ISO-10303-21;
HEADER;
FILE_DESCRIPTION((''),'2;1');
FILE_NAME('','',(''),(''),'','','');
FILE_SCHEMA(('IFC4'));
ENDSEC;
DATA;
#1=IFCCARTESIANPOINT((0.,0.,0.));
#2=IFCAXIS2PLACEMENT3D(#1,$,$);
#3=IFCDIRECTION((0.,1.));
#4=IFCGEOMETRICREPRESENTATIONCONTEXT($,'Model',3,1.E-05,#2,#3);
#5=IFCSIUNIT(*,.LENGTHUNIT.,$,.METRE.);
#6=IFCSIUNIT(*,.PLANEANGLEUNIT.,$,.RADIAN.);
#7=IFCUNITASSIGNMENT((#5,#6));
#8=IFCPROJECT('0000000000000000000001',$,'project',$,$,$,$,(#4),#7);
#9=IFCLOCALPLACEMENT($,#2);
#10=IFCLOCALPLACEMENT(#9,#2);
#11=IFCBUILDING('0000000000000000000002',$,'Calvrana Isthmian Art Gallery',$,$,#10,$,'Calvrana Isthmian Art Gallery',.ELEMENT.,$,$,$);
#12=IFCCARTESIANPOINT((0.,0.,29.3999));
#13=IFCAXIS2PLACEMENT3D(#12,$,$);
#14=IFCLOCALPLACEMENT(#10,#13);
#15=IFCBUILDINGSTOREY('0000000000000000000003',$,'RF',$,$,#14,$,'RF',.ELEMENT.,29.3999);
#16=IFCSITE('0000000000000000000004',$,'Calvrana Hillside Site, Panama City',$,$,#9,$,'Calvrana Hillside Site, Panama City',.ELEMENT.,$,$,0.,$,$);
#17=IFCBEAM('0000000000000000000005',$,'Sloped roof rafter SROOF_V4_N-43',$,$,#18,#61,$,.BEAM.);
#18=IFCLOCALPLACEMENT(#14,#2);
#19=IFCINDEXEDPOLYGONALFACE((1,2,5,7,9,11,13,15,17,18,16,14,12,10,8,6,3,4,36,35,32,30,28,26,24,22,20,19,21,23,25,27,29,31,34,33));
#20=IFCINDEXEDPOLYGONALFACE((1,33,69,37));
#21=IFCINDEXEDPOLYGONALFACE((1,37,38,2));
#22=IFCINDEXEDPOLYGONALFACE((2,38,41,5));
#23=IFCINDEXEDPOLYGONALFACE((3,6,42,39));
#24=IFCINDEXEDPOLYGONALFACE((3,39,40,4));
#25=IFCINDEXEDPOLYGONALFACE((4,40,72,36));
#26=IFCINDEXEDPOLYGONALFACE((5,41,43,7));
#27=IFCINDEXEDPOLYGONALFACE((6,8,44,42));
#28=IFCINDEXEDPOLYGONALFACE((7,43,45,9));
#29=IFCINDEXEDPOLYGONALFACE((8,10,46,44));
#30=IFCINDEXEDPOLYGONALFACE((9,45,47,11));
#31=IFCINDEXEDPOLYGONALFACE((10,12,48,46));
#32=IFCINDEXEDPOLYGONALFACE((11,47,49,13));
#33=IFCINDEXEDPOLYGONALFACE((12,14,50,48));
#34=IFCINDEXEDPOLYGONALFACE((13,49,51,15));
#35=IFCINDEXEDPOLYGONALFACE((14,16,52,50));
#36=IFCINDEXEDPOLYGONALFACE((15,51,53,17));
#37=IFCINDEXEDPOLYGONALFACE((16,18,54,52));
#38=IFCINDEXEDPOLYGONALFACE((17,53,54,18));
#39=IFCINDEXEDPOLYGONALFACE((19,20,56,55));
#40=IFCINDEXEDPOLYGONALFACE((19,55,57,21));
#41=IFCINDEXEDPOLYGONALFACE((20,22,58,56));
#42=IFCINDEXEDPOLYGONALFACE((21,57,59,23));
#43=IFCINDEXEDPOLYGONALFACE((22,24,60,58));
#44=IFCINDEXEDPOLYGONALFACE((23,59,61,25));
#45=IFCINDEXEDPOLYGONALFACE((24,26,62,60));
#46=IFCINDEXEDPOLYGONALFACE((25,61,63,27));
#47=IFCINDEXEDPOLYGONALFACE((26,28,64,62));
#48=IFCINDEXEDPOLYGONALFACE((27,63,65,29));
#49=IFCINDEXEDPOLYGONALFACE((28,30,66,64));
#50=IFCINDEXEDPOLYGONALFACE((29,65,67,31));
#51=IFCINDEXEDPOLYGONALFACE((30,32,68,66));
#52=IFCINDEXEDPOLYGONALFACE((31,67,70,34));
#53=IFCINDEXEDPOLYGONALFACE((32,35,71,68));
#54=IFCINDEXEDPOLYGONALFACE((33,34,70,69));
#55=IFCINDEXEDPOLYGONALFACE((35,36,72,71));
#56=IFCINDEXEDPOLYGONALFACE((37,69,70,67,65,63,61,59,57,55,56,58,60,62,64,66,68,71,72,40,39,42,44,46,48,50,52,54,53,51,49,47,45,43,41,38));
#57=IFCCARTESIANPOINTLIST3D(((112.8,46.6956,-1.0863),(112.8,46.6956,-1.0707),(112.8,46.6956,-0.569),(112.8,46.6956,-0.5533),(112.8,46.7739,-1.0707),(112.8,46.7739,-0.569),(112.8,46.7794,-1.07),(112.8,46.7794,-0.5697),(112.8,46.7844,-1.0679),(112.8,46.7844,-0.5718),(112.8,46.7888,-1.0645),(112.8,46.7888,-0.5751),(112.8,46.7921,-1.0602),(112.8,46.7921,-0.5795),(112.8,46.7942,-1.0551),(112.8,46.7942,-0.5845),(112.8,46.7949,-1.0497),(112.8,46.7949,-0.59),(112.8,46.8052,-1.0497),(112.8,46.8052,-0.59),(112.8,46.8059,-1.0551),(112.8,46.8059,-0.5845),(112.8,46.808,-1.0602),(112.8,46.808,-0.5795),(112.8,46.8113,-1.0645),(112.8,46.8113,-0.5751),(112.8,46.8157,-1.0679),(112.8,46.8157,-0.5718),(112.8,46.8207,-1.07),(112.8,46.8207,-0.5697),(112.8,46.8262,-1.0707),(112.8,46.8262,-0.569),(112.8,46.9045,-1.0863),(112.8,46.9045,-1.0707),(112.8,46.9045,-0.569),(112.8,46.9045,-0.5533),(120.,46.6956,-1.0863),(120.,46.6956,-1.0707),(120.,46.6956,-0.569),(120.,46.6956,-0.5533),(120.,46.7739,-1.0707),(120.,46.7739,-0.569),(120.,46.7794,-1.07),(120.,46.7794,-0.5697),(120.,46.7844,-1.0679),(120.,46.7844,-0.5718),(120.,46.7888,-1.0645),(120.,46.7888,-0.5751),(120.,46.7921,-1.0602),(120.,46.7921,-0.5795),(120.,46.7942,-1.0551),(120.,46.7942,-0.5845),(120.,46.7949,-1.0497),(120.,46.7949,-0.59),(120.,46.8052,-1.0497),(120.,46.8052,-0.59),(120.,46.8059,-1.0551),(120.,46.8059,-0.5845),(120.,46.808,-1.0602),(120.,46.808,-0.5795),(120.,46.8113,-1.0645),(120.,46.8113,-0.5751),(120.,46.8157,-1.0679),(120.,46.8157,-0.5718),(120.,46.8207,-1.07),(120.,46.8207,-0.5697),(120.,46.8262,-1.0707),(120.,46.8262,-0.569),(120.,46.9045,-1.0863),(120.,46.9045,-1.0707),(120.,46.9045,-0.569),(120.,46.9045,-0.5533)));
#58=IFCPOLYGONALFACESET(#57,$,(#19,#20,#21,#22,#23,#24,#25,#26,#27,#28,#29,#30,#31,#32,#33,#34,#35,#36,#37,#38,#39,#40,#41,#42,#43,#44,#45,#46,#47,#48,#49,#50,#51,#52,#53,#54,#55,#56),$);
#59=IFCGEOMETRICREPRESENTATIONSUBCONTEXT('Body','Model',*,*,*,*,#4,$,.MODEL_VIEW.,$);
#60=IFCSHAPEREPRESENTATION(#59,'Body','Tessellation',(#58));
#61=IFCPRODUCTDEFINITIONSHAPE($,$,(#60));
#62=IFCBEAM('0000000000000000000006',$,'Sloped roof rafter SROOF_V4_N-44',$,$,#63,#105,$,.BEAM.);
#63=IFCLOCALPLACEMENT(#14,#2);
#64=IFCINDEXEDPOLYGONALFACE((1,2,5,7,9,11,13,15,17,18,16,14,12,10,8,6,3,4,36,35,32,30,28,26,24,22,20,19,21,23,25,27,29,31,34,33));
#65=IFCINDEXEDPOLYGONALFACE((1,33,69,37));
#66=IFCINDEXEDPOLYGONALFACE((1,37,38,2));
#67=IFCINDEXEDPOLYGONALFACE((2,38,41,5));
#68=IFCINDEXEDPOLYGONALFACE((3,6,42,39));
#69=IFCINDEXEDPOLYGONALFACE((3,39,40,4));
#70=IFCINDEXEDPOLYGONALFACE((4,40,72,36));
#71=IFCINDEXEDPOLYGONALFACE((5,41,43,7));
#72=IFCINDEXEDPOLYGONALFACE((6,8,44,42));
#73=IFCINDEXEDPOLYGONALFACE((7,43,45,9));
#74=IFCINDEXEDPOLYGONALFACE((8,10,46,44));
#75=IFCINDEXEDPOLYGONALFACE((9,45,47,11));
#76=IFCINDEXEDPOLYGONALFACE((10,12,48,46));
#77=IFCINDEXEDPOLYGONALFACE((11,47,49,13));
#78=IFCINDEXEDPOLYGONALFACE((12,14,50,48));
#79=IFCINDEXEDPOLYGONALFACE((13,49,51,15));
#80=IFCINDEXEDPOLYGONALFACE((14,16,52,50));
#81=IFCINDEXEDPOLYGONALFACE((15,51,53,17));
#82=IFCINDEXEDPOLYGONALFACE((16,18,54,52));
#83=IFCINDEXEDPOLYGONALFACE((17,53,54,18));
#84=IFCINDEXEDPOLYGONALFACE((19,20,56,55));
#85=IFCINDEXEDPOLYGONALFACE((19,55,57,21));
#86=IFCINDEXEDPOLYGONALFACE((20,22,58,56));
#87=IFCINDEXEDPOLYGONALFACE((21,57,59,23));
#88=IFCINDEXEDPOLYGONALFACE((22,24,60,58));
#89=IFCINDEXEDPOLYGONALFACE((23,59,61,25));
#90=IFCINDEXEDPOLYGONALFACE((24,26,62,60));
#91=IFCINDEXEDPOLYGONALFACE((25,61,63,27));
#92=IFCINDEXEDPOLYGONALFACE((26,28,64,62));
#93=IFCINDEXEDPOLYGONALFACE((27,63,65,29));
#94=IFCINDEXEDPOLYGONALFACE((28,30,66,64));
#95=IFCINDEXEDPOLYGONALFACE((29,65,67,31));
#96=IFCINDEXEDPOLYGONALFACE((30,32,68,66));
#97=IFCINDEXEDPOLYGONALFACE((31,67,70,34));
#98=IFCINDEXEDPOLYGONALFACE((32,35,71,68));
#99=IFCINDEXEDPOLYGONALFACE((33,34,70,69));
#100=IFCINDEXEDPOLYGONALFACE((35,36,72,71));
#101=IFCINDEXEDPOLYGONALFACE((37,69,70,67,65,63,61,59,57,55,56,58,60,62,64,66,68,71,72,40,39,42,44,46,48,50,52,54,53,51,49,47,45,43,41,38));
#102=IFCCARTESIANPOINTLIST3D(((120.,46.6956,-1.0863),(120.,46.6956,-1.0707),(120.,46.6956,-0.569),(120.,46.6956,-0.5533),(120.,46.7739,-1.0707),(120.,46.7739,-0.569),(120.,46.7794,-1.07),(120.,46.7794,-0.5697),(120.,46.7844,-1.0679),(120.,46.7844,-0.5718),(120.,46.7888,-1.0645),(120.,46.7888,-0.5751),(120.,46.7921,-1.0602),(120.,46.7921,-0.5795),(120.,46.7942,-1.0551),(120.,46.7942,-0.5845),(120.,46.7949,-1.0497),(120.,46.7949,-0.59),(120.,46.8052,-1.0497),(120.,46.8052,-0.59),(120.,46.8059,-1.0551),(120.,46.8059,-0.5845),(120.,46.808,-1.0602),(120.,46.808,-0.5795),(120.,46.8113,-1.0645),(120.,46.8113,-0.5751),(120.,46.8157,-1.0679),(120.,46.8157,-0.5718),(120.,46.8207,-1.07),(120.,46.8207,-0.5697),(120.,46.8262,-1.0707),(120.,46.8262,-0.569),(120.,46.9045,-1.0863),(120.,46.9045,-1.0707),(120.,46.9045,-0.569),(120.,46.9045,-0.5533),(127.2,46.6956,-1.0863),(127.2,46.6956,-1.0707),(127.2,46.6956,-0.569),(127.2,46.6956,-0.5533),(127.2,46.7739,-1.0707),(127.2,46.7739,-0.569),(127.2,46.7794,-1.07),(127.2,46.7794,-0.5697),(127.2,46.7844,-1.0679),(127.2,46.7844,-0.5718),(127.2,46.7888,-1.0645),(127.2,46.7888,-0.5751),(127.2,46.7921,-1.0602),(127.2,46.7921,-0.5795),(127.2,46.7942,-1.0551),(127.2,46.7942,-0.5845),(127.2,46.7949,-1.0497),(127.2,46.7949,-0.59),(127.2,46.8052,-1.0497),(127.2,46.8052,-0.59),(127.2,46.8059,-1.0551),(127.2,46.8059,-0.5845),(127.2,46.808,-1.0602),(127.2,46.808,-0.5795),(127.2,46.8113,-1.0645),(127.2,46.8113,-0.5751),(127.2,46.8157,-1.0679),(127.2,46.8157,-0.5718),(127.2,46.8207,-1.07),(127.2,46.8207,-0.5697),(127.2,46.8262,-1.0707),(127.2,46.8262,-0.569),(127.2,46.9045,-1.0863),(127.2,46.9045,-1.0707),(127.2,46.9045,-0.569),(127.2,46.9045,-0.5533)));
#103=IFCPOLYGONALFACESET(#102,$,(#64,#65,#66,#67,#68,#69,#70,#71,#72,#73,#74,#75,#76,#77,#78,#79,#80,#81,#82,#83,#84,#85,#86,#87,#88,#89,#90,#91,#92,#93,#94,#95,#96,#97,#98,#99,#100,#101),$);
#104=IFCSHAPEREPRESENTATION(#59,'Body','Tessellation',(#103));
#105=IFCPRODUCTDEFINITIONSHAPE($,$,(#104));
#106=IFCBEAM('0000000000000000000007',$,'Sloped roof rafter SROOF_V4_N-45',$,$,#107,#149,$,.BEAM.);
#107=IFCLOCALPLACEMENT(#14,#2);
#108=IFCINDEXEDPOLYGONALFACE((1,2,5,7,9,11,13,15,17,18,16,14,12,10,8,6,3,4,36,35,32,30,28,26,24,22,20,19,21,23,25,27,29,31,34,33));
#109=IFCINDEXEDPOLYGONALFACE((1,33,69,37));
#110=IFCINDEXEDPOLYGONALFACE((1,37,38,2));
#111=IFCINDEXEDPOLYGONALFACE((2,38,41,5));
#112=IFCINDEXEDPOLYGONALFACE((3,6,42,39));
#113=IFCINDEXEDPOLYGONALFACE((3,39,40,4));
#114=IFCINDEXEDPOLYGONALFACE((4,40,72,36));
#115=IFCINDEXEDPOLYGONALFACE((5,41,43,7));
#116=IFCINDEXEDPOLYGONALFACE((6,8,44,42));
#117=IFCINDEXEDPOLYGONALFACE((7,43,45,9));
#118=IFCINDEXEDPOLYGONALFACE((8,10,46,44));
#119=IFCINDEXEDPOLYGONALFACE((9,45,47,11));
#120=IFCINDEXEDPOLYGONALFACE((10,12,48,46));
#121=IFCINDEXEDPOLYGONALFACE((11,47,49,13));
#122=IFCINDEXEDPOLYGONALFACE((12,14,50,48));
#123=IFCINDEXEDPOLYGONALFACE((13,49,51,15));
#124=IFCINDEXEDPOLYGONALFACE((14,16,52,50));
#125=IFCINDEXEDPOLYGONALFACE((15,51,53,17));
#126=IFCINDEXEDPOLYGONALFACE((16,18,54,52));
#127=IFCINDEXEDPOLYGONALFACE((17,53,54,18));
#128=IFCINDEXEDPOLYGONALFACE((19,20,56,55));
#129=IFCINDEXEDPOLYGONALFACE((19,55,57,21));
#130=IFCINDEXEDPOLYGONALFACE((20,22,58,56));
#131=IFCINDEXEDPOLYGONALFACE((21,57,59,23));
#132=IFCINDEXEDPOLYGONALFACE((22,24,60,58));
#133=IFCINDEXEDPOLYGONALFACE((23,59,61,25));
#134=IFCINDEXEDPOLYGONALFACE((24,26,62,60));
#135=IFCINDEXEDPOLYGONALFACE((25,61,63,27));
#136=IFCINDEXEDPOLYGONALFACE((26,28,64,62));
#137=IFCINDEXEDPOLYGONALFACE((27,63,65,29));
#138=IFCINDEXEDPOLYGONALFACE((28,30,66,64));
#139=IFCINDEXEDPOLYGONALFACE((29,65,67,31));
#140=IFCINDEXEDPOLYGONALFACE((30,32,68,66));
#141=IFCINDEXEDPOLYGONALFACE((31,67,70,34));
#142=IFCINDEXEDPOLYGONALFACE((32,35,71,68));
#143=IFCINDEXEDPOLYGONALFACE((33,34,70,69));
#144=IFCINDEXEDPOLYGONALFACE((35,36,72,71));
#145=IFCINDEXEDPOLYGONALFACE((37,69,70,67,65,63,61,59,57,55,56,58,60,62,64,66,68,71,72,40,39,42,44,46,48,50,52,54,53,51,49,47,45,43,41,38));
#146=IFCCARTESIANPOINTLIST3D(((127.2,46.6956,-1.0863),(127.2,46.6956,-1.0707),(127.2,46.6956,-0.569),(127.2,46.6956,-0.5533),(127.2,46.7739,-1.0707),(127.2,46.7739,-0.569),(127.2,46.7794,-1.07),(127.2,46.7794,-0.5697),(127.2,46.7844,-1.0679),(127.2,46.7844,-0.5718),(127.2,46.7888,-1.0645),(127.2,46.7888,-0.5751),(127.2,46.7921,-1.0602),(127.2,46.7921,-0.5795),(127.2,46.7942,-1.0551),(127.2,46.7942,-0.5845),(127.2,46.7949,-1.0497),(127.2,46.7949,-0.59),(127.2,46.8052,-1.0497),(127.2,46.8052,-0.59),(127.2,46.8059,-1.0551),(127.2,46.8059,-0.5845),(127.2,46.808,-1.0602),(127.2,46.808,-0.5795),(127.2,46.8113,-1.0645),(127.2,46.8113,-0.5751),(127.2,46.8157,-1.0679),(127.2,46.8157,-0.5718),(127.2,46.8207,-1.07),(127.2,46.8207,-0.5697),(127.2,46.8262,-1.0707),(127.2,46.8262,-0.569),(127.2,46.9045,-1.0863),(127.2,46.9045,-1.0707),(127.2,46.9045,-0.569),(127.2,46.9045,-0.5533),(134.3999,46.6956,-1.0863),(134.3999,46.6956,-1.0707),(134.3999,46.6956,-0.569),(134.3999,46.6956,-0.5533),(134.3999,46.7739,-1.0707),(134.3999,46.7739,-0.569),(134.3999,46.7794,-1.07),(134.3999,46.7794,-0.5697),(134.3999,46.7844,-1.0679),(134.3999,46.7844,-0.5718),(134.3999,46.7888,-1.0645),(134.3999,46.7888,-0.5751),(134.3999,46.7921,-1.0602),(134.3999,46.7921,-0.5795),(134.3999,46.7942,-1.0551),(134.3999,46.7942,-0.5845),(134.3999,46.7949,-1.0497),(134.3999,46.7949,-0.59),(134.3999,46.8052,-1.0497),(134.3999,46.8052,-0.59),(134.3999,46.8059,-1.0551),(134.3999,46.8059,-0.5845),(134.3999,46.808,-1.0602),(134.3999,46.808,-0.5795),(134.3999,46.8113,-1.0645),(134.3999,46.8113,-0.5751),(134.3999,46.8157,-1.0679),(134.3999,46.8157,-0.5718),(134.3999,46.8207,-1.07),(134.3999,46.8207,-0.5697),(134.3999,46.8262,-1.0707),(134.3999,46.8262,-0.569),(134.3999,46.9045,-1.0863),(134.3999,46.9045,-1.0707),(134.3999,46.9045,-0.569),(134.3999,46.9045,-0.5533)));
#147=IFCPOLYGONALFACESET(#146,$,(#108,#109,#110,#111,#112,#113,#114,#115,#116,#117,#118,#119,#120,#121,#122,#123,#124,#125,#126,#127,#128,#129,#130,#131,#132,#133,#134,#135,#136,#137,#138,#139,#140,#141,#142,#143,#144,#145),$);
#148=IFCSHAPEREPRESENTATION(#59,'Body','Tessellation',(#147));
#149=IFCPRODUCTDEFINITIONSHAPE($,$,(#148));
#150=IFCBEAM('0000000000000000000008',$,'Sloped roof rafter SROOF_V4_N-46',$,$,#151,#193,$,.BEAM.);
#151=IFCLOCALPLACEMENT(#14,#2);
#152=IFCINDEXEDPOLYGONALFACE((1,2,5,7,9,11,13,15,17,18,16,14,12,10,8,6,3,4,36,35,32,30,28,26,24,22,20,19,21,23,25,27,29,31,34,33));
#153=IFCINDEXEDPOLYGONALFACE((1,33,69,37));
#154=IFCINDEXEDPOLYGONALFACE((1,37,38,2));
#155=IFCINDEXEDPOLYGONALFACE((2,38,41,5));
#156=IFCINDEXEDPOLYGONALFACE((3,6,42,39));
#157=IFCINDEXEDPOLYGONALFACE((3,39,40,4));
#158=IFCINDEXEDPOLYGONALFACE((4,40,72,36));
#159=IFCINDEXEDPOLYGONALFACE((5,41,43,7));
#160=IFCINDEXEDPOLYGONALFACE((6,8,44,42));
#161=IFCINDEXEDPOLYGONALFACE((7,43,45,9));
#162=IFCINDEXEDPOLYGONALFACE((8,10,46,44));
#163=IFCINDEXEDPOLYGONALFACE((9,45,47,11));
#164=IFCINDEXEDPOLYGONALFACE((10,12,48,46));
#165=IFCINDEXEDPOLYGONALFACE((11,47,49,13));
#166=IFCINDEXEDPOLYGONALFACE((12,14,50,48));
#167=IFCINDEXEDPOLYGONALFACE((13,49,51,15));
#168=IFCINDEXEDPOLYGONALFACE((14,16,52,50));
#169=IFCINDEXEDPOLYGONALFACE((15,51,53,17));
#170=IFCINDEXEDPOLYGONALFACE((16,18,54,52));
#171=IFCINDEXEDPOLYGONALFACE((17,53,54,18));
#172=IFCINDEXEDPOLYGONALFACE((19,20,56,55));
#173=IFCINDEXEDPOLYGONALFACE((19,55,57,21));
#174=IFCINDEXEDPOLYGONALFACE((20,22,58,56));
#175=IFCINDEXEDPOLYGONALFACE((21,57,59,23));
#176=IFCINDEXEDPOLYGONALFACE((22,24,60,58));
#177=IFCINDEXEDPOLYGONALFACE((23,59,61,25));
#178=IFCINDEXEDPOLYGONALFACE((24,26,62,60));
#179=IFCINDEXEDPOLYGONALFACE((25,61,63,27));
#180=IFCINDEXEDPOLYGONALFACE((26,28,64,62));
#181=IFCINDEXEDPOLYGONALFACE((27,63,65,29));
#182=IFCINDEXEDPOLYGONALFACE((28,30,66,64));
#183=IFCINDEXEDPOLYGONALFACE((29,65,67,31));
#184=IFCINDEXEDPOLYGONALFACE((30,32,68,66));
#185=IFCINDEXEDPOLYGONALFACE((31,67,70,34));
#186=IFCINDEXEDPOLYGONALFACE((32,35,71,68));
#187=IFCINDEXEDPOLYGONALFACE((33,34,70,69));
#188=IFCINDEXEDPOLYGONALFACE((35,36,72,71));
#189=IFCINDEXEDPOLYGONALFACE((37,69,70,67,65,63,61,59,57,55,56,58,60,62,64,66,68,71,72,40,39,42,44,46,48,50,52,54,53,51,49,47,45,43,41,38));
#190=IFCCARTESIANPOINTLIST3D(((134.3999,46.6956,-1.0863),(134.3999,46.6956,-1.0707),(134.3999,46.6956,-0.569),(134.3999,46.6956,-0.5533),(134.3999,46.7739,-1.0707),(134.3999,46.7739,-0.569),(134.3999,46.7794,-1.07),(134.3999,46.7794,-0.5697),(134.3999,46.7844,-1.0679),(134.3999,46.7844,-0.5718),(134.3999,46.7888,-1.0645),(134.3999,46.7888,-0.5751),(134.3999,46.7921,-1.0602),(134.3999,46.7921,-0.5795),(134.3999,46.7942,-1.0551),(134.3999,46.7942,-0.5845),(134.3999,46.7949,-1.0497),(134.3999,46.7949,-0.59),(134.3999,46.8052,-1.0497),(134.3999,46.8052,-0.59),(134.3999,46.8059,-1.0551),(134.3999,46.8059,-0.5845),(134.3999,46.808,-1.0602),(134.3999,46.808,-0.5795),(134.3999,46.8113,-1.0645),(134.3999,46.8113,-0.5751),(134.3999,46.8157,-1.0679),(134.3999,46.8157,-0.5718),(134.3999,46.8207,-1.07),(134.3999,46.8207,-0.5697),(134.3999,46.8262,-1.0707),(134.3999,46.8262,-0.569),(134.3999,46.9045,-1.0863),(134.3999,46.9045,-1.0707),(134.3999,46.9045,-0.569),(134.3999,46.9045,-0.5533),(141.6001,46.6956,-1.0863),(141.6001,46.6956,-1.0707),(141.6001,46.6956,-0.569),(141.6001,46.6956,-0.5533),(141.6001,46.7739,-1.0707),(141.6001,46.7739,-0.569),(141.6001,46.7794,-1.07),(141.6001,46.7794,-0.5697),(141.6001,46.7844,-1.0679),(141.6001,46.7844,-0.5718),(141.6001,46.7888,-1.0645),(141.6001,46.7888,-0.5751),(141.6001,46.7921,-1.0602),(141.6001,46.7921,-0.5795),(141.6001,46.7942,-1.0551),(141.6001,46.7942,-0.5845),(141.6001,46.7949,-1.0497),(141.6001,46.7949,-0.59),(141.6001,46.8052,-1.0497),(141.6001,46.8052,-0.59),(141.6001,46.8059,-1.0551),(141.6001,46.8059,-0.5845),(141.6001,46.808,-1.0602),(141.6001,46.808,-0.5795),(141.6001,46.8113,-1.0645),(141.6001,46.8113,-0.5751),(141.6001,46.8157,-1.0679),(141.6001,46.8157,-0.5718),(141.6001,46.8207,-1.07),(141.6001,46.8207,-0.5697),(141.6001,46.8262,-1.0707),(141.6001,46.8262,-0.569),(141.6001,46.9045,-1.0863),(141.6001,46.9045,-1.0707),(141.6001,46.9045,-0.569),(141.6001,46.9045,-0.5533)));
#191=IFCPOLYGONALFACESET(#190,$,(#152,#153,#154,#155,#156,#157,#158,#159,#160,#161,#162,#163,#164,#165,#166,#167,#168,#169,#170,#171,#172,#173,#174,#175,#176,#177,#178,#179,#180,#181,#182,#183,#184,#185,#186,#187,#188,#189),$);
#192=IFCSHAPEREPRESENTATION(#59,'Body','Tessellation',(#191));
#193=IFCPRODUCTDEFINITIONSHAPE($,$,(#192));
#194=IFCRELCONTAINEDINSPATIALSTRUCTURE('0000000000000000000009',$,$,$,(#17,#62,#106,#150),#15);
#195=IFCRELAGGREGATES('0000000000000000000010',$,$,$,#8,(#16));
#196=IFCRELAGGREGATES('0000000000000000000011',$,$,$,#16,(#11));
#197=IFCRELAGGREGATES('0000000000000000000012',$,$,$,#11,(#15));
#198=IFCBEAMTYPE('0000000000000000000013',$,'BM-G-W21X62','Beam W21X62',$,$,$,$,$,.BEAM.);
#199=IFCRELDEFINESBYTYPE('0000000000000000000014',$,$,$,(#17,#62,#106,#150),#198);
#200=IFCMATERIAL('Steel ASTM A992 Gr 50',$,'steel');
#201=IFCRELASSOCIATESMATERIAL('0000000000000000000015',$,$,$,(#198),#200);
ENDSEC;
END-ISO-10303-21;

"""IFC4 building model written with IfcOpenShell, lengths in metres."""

from ifc_helpers import new_model, si_unit, direction, frame, origin, origin_2d, place, context, subcontext, project, spatial, i_section, extrude, material, material_profile, profile_set, type_object, element, save


model = new_model("IFC4")

# Units and contexts
model_context = context("Model", 3, precision=1e-05, world=origin(), true_north=direction((0.0, 1.0)))
body_context = subcontext(model_context, "Body", "Model", "MODEL_VIEW")
ifc_project = project(units=[si_unit("LENGTHUNIT", "METRE"), si_unit("PLANEANGLEUNIT", "RADIAN")], contexts=[model_context])

# Site, building, storey
site_placement = place(None, origin())
site = spatial("IfcSite", under=ifc_project, at=site_placement, Name="Calvrana Hillside Site, Panama City", LongName="Calvrana Hillside Site, Panama City", CompositionType="ELEMENT", RefElevation=0.0)
building_placement = place(site_placement, origin())
building = spatial("IfcBuilding", under=site, at=building_placement, Name="Calvrana Isthmian Art Gallery", LongName="Calvrana Isthmian Art Gallery", CompositionType="ELEMENT")
storey_placement = place(building_placement, frame((0.0, 0.0, 29.3999)))
storey = spatial("IfcBuildingStorey", under=building, at=storey_placement, Name="RF", LongName="RF", CompositionType="ELEMENT", Elevation=29.3999)

# Beams
ifc_material_1 = material(Name="Steel ASTM A992 Gr 50", Category="steel")
ifc_material_profile_1 = material_profile(ifc_material_1, i_section(OverallWidth=0.209, OverallDepth=0.533, WebThickness=0.0103, FlangeThickness=0.0156, FilletRadius=0.021, at=origin_2d()), Name="W21X62")
ifc_profile_set_1 = profile_set([ifc_material_profile_1], Name="Steel ASTM A992 Gr 50")
beam_type_1 = type_object("IfcBeamType", Name="BM-G-W21X62", Description="Beam W21X62", PredefinedType="BEAM", material=ifc_profile_set_1)
for number, where, z_axis, x_axis, name in (
    (1, (112.8, 46.8, -0.8198), (1.0, 0.0, 0.0), (0.0, 1.0, 0.0), "Sloped roof rafter SROOF_V4_N-43"),
    (2, (120.0, 46.8, -0.8198), (1.0, 0.0, 0.0), (0.0, 1.0, 0.0), "Sloped roof rafter SROOF_V4_N-44"),
    (3, (127.2, 46.8, -0.8198), (1.0, 0.0, 0.0), (0.0, 1.0, 0.0), "Sloped roof rafter SROOF_V4_N-45"),
):
    element("IfcBeam", number, at=place(storey_placement, frame(where, z_axis=z_axis, x_axis=x_axis)), inside=storey, type_object=beam_type_1, Name=name, PredefinedType="BEAM", context=body_context, shape_type="SweptSolid", body=[
        extrude(i_section(OverallWidth=0.209, OverallDepth=0.533, WebThickness=0.0103, FlangeThickness=0.0156, FilletRadius=0.021, at=origin_2d()), origin(), (0.0, 0.0, 1.0), 7.2),
    ])
beam_1_placement = place(storey_placement, frame((134.3999, 46.8, -0.8198), z_axis=(1.0, 0.0, 0.0), x_axis=(0.0, 1.0, 0.0)))
element("IfcBeam", 4, at=beam_1_placement, inside=storey, type_object=beam_type_1, Name="Sloped roof rafter SROOF_V4_N-46", PredefinedType="BEAM", context=body_context, shape_type="SweptSolid", body=[
    extrude(i_section(OverallWidth=0.209, OverallDepth=0.533, WebThickness=0.0103, FlangeThickness=0.0156, FilletRadius=0.021, at=origin_2d()), origin(), (0.0, 0.0, 1.0), 7.2002),
])

save(model, "model.ifc")
